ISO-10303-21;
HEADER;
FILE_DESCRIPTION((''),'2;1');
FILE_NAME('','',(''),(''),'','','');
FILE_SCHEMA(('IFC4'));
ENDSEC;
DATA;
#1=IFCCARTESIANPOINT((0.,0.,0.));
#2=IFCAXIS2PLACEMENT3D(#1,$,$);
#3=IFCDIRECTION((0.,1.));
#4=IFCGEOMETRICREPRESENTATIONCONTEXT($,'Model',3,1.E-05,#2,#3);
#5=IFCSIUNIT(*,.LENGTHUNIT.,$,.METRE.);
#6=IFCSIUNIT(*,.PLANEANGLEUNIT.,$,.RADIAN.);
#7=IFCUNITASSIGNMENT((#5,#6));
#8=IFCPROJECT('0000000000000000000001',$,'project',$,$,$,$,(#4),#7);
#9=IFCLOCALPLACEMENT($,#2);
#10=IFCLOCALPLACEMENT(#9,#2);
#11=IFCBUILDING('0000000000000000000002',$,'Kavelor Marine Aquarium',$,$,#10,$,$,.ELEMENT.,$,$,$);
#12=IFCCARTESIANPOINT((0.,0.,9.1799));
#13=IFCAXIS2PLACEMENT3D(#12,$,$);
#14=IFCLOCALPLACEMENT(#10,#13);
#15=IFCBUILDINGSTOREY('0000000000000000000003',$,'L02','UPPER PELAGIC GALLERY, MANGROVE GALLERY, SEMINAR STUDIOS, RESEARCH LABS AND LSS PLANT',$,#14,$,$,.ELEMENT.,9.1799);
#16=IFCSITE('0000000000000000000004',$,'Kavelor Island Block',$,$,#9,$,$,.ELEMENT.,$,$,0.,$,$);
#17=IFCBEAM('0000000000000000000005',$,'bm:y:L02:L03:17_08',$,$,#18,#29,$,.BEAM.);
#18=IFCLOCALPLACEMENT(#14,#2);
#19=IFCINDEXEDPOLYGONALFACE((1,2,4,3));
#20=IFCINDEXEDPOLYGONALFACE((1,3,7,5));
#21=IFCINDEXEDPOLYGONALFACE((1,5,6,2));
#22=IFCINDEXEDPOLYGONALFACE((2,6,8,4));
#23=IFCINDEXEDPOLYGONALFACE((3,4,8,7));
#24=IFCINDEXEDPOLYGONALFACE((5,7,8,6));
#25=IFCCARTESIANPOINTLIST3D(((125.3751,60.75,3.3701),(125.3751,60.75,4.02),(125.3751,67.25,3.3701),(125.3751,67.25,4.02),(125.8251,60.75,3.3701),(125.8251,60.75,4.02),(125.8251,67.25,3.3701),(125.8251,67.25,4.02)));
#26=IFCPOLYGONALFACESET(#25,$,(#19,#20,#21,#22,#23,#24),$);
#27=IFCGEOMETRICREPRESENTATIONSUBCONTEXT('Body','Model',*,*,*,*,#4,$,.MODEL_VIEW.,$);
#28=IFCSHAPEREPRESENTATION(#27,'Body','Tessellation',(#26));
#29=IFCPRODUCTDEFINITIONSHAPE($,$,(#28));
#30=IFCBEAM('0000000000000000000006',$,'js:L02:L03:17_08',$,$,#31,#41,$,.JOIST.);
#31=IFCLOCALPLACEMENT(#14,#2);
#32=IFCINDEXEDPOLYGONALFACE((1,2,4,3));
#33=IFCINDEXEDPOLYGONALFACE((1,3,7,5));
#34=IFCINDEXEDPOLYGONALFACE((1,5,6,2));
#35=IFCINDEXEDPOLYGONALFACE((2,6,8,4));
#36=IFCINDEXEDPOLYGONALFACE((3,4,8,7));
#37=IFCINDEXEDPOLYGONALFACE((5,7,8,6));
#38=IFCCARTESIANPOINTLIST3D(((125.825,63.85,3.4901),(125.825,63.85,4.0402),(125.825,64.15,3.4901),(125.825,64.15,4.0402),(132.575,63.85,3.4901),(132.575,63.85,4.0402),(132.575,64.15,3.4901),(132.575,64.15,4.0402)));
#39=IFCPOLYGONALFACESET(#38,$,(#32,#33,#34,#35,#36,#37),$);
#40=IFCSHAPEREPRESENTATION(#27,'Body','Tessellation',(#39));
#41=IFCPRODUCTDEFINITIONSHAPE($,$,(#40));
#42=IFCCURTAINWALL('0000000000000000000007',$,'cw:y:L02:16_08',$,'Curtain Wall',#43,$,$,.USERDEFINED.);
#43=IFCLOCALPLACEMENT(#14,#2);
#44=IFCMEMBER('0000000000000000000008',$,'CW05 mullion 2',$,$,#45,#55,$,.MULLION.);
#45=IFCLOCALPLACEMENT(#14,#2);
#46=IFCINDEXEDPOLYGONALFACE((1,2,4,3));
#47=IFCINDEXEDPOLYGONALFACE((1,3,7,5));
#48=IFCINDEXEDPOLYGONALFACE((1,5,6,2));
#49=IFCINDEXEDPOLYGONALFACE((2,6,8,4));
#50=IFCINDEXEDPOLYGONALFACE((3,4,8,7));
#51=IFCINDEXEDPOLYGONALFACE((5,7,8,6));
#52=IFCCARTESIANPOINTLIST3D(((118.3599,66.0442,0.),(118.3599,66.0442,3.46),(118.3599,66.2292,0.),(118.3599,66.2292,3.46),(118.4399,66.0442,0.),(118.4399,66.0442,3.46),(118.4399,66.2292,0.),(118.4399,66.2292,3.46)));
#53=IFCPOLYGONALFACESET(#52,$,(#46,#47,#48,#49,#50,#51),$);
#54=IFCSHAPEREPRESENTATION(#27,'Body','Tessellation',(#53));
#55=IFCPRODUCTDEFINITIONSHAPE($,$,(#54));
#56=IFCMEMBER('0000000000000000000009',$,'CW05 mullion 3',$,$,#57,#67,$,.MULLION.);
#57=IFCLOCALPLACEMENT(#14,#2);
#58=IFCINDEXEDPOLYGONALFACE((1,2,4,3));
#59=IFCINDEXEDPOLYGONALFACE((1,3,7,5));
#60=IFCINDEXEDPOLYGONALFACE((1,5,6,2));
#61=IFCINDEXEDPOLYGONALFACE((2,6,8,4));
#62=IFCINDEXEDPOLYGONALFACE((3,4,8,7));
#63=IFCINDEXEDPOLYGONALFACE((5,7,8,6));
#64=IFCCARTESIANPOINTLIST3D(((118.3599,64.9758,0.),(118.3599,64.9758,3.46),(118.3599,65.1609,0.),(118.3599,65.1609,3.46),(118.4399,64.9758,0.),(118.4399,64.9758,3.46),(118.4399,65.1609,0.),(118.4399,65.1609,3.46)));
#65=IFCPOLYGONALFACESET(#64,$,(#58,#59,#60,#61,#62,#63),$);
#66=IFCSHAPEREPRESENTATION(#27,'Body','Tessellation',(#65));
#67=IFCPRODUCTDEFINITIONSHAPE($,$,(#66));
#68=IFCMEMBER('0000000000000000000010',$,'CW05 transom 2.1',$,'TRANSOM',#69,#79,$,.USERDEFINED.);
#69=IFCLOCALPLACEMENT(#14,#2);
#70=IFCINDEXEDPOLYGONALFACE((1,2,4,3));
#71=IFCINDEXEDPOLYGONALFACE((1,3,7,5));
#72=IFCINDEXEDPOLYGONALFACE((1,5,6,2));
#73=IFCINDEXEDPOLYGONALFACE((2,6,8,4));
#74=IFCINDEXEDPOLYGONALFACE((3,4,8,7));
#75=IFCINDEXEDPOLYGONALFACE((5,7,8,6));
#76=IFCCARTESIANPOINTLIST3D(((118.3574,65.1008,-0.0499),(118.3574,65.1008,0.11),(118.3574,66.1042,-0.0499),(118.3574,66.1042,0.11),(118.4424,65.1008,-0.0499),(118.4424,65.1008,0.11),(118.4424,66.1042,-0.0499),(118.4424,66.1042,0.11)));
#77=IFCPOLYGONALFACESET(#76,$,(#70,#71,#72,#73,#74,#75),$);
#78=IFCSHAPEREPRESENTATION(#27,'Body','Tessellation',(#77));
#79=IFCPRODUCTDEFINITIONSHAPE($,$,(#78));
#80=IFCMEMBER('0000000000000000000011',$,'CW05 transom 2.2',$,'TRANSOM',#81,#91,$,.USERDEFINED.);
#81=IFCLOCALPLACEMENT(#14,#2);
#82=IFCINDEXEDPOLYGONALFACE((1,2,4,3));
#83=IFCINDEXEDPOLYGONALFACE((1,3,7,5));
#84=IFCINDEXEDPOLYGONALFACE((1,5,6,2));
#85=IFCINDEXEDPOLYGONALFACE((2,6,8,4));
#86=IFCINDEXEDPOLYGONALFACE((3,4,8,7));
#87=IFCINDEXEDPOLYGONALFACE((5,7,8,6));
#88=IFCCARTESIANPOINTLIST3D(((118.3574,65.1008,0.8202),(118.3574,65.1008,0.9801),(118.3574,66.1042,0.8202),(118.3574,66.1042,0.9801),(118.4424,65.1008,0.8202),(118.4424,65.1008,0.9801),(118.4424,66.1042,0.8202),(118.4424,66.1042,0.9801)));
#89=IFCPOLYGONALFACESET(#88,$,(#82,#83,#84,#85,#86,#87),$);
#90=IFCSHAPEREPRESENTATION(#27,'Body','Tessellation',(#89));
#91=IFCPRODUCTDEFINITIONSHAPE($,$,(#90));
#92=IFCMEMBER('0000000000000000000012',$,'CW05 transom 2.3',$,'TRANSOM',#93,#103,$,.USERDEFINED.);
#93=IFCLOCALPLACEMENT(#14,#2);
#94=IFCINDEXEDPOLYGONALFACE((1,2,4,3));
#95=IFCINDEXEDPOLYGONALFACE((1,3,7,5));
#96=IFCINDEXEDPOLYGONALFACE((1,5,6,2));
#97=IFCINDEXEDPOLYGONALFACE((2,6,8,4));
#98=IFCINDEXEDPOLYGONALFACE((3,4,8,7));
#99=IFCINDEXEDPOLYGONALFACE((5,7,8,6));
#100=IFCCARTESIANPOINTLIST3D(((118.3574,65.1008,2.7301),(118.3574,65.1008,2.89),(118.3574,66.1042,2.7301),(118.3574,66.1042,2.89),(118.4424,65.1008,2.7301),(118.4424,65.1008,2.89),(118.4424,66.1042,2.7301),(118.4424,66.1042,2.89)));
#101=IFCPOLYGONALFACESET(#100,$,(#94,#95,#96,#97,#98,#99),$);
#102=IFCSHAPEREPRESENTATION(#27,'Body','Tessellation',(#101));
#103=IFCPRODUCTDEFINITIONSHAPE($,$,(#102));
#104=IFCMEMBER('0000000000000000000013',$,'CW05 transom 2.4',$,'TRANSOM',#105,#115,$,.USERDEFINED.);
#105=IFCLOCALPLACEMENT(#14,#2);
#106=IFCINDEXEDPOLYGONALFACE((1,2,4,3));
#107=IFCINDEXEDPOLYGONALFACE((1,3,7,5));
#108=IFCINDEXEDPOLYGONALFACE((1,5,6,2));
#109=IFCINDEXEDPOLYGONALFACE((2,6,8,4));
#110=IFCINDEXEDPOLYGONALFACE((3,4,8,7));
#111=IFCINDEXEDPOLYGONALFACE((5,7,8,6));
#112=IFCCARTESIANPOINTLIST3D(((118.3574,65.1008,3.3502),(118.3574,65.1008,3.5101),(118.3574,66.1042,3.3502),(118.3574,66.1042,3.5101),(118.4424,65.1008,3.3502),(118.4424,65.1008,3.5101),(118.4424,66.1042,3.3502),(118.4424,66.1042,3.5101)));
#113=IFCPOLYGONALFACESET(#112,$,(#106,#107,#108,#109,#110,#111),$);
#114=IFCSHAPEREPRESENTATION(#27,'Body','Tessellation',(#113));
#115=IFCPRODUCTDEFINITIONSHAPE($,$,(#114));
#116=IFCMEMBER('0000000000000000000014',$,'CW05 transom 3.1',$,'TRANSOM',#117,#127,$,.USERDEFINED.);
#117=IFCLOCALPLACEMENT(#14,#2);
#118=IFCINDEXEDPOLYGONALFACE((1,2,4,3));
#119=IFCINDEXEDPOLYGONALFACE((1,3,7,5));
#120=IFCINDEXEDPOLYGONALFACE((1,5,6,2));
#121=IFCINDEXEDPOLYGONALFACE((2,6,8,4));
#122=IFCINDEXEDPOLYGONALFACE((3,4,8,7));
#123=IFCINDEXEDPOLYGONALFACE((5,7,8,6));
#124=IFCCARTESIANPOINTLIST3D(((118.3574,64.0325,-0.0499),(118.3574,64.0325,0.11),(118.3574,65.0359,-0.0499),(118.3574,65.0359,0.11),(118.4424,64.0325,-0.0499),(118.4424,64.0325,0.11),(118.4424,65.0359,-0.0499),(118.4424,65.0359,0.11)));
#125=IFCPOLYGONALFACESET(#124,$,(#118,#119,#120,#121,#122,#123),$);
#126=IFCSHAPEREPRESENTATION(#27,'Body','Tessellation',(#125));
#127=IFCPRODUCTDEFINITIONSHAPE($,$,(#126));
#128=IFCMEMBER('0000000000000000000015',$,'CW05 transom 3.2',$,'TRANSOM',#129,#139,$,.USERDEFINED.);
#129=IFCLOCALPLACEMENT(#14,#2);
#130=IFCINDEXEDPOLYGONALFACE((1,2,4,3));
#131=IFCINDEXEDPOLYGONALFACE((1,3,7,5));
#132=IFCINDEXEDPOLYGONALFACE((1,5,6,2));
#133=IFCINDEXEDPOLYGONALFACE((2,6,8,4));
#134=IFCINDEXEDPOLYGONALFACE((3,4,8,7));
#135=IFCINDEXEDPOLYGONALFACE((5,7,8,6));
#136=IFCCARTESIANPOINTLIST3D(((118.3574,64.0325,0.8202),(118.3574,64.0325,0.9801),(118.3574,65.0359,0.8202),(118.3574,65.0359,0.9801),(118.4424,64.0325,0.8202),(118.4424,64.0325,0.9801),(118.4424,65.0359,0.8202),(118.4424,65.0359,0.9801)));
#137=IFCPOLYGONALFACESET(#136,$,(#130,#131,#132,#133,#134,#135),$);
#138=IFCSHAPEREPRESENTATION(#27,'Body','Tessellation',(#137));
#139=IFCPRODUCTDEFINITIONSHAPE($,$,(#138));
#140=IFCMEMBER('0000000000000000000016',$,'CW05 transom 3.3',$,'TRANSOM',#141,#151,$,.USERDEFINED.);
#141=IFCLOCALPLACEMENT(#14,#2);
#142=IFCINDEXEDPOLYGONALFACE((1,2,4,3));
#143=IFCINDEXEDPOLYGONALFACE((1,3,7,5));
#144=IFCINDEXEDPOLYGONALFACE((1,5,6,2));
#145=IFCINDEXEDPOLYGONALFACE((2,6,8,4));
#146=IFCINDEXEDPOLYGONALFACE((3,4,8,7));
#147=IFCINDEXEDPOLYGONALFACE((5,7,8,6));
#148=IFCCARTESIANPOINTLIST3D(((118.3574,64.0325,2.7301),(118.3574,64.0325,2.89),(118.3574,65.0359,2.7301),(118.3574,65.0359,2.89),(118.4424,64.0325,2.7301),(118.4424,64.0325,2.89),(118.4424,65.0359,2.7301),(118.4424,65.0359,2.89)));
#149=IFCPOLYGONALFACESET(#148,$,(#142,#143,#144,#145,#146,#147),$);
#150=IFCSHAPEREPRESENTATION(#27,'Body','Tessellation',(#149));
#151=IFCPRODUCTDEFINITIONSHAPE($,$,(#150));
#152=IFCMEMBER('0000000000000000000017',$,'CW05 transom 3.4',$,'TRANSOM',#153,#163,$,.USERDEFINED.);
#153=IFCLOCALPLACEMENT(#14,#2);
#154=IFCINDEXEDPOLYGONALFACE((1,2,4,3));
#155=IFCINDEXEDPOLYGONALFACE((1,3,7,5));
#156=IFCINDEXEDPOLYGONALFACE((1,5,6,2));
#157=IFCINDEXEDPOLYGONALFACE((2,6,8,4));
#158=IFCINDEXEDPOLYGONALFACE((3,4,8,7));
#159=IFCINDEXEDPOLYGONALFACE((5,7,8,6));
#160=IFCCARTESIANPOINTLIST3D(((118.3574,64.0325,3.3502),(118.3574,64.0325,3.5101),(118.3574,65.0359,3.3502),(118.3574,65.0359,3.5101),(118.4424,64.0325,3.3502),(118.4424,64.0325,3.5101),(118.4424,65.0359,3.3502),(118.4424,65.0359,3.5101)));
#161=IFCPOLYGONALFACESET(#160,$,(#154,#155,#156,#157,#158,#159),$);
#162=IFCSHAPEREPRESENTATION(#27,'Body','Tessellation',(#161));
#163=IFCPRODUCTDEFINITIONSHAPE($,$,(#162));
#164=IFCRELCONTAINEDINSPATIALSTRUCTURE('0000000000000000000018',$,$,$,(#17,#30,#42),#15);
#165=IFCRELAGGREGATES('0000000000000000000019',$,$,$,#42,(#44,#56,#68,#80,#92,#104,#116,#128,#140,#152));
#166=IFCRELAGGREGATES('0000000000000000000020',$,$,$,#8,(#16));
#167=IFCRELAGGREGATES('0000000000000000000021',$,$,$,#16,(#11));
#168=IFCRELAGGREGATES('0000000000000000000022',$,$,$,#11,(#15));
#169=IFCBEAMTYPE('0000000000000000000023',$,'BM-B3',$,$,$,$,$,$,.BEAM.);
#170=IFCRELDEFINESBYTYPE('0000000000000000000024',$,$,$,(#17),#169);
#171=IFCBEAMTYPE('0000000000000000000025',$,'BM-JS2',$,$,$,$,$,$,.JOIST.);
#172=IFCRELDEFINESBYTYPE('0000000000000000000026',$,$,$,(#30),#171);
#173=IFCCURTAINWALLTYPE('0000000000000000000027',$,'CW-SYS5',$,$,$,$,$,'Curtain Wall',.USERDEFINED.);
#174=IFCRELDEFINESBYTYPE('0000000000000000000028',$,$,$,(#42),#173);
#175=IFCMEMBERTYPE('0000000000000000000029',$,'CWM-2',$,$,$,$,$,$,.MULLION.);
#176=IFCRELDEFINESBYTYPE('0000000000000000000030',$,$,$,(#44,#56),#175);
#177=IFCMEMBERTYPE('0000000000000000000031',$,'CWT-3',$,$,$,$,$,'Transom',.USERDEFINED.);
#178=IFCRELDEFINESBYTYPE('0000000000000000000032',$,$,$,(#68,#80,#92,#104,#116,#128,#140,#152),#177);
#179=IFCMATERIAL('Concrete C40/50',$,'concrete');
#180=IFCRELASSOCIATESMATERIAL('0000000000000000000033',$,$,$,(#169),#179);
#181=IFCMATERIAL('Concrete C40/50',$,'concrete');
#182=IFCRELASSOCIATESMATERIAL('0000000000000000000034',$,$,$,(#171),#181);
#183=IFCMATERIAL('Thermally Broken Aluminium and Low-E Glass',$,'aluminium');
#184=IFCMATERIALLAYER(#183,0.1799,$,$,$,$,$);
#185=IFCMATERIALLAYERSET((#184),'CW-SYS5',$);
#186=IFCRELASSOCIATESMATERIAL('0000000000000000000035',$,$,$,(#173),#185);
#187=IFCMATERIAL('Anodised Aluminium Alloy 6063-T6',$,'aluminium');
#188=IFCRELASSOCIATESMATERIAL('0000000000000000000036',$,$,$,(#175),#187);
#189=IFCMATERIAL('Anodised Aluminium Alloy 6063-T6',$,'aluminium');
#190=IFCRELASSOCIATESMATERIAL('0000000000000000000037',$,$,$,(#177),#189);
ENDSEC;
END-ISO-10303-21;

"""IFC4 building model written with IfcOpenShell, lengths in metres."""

from ifc_helpers import new_model, si_unit, direction, frame, origin, origin_2d, place, context, subcontext, project, spatial, rectangle, extrude, material, layer, layer_set, material_profile, profile_set, type_object, element, aggregate, save


model = new_model("IFC4")

# Units and contexts
model_context = context("Model", 3, precision=1e-05, world=origin(), true_north=direction((0.0, 1.0)))
body_context = subcontext(model_context, "Body", "Model", "MODEL_VIEW")
ifc_project = project(units=[si_unit("LENGTHUNIT", "METRE"), si_unit("PLANEANGLEUNIT", "RADIAN")], contexts=[model_context])

# Site, building, storey
site_placement = place(None, origin())
site = spatial("IfcSite", under=ifc_project, at=site_placement, Name="Kavelor Island Block", CompositionType="ELEMENT", RefElevation=0.0)
building_placement = place(site_placement, origin())
building = spatial("IfcBuilding", under=site, at=building_placement, Name="Kavelor Marine Aquarium", CompositionType="ELEMENT")
storey_placement = place(building_placement, frame((0.0, 0.0, 9.1799)))
storey = spatial("IfcBuildingStorey", under=building, at=storey_placement, Name="L02", Description="UPPER PELAGIC GALLERY, MANGROVE GALLERY, SEMINAR STUDIOS, RESEARCH LABS AND LSS PLANT", CompositionType="ELEMENT", Elevation=9.1799)

# Beams
ifc_material_1 = material(Name="Concrete C40/50", Category="concrete")
ifc_material_profile_1 = material_profile(ifc_material_1, rectangle(XDim=0.45, YDim=0.6499, at=origin_2d()), Name="RC-BM 450x650")
ifc_profile_set_1 = profile_set([ifc_material_profile_1], Name="Concrete C40/50")
beam_type_1 = type_object("IfcBeamType", Name="BM-B3", PredefinedType="BEAM", material=ifc_profile_set_1)
beam_1_placement = place(storey_placement, frame((125.6001, 60.75, 3.6951), z_axis=(0.0, 1.0, 0.0), x_axis=(-1.0, 0.0, 0.0)))
element("IfcBeam", 1, at=beam_1_placement, inside=storey, type_object=beam_type_1, Name="bm:y:L02:L03:17_08", PredefinedType="BEAM", context=body_context, shape_type="SweptSolid", body=[
    extrude(rectangle(XDim=0.45, YDim=0.6499, at=origin_2d()), origin(), (0.0, 0.0, 1.0), 6.5),
])
ifc_material_2 = material(Name="Concrete C40/50", Category="concrete")
ifc_material_profile_2 = material_profile(ifc_material_2, rectangle(XDim=0.3, YDim=0.55, at=origin_2d()), Name="RC-JS 300x550")
ifc_profile_set_2 = profile_set([ifc_material_profile_2], Name="Concrete C40/50")
beam_type_2 = type_object("IfcBeamType", Name="BM-JS2", PredefinedType="JOIST", material=ifc_profile_set_2)
beam_2_placement = place(storey_placement, frame((125.825, 64.0, 3.7651), z_axis=(1.0, 0.0, 0.0), x_axis=(0.0, 1.0, 0.0)))
element("IfcBeam", 2, at=beam_2_placement, inside=storey, type_object=beam_type_2, Name="js:L02:L03:17_08", PredefinedType="JOIST", context=body_context, shape_type="SweptSolid", body=[
    extrude(rectangle(XDim=0.3, YDim=0.55, at=origin_2d()), origin(), (0.0, 0.0, 1.0), 6.75),
])

# Curtain wall, members
ifc_material_3 = material(Name="Thermally Broken Aluminium and Low-E Glass", Category="aluminium")
ifc_layer_1 = layer(ifc_material_3, 0.1799)
ifc_layer_set_1 = layer_set([ifc_layer_1], Name="CW-SYS5")
curtain_wall_type = type_object("IfcCurtainWallType", Name="CW-SYS5", ElementType="Curtain Wall", PredefinedType="USERDEFINED", material=ifc_layer_set_1)
curtain_wall_placement = place(storey_placement, origin())
curtain_wall = element("IfcCurtainWall", 3, at=curtain_wall_placement, inside=storey, type_object=curtain_wall_type, Name="cw:y:L02:16_08", ObjectType="Curtain Wall", PredefinedType="USERDEFINED")
ifc_material_4 = material(Name="Anodised Aluminium Alloy 6063-T6", Category="aluminium")
ifc_material_profile_3 = material_profile(ifc_material_4, rectangle(XDim=0.0801, YDim=0.1851, at=origin_2d()), Name="CW-MUL 80x185")
ifc_profile_set_3 = profile_set([ifc_material_profile_3], Name="Anodised Aluminium Alloy 6063-T6")
member_type_1 = type_object("IfcMemberType", Name="CWM-2", PredefinedType="MULLION", material=ifc_profile_set_3)
member_1_placement = place(storey_placement, frame((118.3999, 66.1367, 0.0), z_axis=(0.0, 0.0, 1.0), x_axis=(1.0, 0.0, 0.0)))
member_1 = element("IfcMember", 4, at=member_1_placement, type_object=member_type_1, Name="CW05 mullion 2", PredefinedType="MULLION", context=body_context, shape_type="SweptSolid", body=[
    extrude(rectangle(XDim=0.0801, YDim=0.1851, at=origin_2d()), origin(), (0.0, 0.0, 1.0), 3.46),
])
member_2_placement = place(storey_placement, frame((118.3999, 65.0684, 0.0), z_axis=(0.0, 0.0, 1.0), x_axis=(1.0, 0.0, 0.0)))
member_2 = element("IfcMember", 5, at=member_2_placement, type_object=member_type_1, Name="CW05 mullion 3", PredefinedType="MULLION", context=body_context, shape_type="SweptSolid", body=[
    extrude(rectangle(XDim=0.0801, YDim=0.1851, at=origin_2d()), origin(), (0.0, 0.0, 1.0), 3.46),
])
ifc_material_5 = material(Name="Anodised Aluminium Alloy 6063-T6", Category="aluminium")
ifc_material_profile_4 = material_profile(ifc_material_5, rectangle(XDim=0.085, YDim=0.1599, at=origin_2d()), Name="CW-TRN 85x160")
ifc_profile_set_4 = profile_set([ifc_material_profile_4], Name="Anodised Aluminium Alloy 6063-T6")
member_type_2 = type_object("IfcMemberType", Name="CWT-3", ElementType="Transom", PredefinedType="USERDEFINED", material=ifc_profile_set_4)
member_3_placement = place(storey_placement, frame((118.3999, 66.1042, 0.03), z_axis=(0.0, -1.0, 0.0), x_axis=(1.0, 0.0, 0.0)))
member_3 = element("IfcMember", 6, at=member_3_placement, type_object=member_type_2, Name="CW05 transom 2.1", ObjectType="TRANSOM", PredefinedType="USERDEFINED", context=body_context, shape_type="SweptSolid", body=[
    extrude(rectangle(XDim=0.085, YDim=0.1599, at=origin_2d()), origin(), (0.0, 0.0, 1.0), 1.0034),
])
member_4_placement = place(storey_placement, frame((118.3999, 66.1042, 0.9001), z_axis=(0.0, -1.0, 0.0), x_axis=(1.0, 0.0, 0.0)))
member_4 = element("IfcMember", 7, at=member_4_placement, type_object=member_type_2, Name="CW05 transom 2.2", ObjectType="TRANSOM", PredefinedType="USERDEFINED", context=body_context, shape_type="SweptSolid", body=[
    extrude(rectangle(XDim=0.085, YDim=0.1599, at=origin_2d()), origin(), (0.0, 0.0, 1.0), 1.0034),
])
member_5_placement = place(storey_placement, frame((118.3999, 66.1042, 2.8101), z_axis=(0.0, -1.0, 0.0), x_axis=(1.0, 0.0, 0.0)))
member_5 = element("IfcMember", 8, at=member_5_placement, type_object=member_type_2, Name="CW05 transom 2.3", ObjectType="TRANSOM", PredefinedType="USERDEFINED", context=body_context, shape_type="SweptSolid", body=[
    extrude(rectangle(XDim=0.085, YDim=0.1599, at=origin_2d()), origin(), (0.0, 0.0, 1.0), 1.0034),
])
member_6_placement = place(storey_placement, frame((118.3999, 66.1042, 3.4302), z_axis=(0.0, -1.0, 0.0), x_axis=(1.0, 0.0, 0.0)))
member_6 = element("IfcMember", 9, at=member_6_placement, type_object=member_type_2, Name="CW05 transom 2.4", ObjectType="TRANSOM", PredefinedType="USERDEFINED", context=body_context, shape_type="SweptSolid", body=[
    extrude(rectangle(XDim=0.085, YDim=0.1599, at=origin_2d()), origin(), (0.0, 0.0, 1.0), 1.0034),
])
member_7_placement = place(storey_placement, frame((118.3999, 65.0359, 0.03), z_axis=(0.0, -1.0, 0.0), x_axis=(1.0, 0.0, 0.0)))
member_7 = element("IfcMember", 10, at=member_7_placement, type_object=member_type_2, Name="CW05 transom 3.1", ObjectType="TRANSOM", PredefinedType="USERDEFINED", context=body_context, shape_type="SweptSolid", body=[
    extrude(rectangle(XDim=0.085, YDim=0.1599, at=origin_2d()), origin(), (0.0, 0.0, 1.0), 1.0034),
])
member_8_placement = place(storey_placement, frame((118.3999, 65.0359, 0.9001), z_axis=(0.0, -1.0, 0.0), x_axis=(1.0, 0.0, 0.0)))
member_8 = element("IfcMember", 11, at=member_8_placement, type_object=member_type_2, Name="CW05 transom 3.2", ObjectType="TRANSOM", PredefinedType="USERDEFINED", context=body_context, shape_type="SweptSolid", body=[
    extrude(rectangle(XDim=0.085, YDim=0.1599, at=origin_2d()), origin(), (0.0, 0.0, 1.0), 1.0034),
])
member_9_placement = place(storey_placement, frame((118.3999, 65.0359, 2.8101), z_axis=(0.0, -1.0, 0.0), x_axis=(1.0, 0.0, 0.0)))
member_9 = element("IfcMember", 12, at=member_9_placement, type_object=member_type_2, Name="CW05 transom 3.3", ObjectType="TRANSOM", PredefinedType="USERDEFINED", context=body_context, shape_type="SweptSolid", body=[
    extrude(rectangle(XDim=0.085, YDim=0.1599, at=origin_2d()), origin(), (0.0, 0.0, 1.0), 1.0034),
])
member_10_placement = place(storey_placement, frame((118.3999, 65.0359, 3.4302), z_axis=(0.0, -1.0, 0.0), x_axis=(1.0, 0.0, 0.0)))
member_10 = element("IfcMember", 13, at=member_10_placement, type_object=member_type_2, Name="CW05 transom 3.4", ObjectType="TRANSOM", PredefinedType="USERDEFINED", context=body_context, shape_type="SweptSolid", body=[
    extrude(rectangle(XDim=0.085, YDim=0.1599, at=origin_2d()), origin(), (0.0, 0.0, 1.0), 1.0034),
])

aggregate(curtain_wall, [member_1, member_2, member_3, member_4, member_5, member_6, member_7, member_8, member_9, member_10])

save(model, "model.ifc")
